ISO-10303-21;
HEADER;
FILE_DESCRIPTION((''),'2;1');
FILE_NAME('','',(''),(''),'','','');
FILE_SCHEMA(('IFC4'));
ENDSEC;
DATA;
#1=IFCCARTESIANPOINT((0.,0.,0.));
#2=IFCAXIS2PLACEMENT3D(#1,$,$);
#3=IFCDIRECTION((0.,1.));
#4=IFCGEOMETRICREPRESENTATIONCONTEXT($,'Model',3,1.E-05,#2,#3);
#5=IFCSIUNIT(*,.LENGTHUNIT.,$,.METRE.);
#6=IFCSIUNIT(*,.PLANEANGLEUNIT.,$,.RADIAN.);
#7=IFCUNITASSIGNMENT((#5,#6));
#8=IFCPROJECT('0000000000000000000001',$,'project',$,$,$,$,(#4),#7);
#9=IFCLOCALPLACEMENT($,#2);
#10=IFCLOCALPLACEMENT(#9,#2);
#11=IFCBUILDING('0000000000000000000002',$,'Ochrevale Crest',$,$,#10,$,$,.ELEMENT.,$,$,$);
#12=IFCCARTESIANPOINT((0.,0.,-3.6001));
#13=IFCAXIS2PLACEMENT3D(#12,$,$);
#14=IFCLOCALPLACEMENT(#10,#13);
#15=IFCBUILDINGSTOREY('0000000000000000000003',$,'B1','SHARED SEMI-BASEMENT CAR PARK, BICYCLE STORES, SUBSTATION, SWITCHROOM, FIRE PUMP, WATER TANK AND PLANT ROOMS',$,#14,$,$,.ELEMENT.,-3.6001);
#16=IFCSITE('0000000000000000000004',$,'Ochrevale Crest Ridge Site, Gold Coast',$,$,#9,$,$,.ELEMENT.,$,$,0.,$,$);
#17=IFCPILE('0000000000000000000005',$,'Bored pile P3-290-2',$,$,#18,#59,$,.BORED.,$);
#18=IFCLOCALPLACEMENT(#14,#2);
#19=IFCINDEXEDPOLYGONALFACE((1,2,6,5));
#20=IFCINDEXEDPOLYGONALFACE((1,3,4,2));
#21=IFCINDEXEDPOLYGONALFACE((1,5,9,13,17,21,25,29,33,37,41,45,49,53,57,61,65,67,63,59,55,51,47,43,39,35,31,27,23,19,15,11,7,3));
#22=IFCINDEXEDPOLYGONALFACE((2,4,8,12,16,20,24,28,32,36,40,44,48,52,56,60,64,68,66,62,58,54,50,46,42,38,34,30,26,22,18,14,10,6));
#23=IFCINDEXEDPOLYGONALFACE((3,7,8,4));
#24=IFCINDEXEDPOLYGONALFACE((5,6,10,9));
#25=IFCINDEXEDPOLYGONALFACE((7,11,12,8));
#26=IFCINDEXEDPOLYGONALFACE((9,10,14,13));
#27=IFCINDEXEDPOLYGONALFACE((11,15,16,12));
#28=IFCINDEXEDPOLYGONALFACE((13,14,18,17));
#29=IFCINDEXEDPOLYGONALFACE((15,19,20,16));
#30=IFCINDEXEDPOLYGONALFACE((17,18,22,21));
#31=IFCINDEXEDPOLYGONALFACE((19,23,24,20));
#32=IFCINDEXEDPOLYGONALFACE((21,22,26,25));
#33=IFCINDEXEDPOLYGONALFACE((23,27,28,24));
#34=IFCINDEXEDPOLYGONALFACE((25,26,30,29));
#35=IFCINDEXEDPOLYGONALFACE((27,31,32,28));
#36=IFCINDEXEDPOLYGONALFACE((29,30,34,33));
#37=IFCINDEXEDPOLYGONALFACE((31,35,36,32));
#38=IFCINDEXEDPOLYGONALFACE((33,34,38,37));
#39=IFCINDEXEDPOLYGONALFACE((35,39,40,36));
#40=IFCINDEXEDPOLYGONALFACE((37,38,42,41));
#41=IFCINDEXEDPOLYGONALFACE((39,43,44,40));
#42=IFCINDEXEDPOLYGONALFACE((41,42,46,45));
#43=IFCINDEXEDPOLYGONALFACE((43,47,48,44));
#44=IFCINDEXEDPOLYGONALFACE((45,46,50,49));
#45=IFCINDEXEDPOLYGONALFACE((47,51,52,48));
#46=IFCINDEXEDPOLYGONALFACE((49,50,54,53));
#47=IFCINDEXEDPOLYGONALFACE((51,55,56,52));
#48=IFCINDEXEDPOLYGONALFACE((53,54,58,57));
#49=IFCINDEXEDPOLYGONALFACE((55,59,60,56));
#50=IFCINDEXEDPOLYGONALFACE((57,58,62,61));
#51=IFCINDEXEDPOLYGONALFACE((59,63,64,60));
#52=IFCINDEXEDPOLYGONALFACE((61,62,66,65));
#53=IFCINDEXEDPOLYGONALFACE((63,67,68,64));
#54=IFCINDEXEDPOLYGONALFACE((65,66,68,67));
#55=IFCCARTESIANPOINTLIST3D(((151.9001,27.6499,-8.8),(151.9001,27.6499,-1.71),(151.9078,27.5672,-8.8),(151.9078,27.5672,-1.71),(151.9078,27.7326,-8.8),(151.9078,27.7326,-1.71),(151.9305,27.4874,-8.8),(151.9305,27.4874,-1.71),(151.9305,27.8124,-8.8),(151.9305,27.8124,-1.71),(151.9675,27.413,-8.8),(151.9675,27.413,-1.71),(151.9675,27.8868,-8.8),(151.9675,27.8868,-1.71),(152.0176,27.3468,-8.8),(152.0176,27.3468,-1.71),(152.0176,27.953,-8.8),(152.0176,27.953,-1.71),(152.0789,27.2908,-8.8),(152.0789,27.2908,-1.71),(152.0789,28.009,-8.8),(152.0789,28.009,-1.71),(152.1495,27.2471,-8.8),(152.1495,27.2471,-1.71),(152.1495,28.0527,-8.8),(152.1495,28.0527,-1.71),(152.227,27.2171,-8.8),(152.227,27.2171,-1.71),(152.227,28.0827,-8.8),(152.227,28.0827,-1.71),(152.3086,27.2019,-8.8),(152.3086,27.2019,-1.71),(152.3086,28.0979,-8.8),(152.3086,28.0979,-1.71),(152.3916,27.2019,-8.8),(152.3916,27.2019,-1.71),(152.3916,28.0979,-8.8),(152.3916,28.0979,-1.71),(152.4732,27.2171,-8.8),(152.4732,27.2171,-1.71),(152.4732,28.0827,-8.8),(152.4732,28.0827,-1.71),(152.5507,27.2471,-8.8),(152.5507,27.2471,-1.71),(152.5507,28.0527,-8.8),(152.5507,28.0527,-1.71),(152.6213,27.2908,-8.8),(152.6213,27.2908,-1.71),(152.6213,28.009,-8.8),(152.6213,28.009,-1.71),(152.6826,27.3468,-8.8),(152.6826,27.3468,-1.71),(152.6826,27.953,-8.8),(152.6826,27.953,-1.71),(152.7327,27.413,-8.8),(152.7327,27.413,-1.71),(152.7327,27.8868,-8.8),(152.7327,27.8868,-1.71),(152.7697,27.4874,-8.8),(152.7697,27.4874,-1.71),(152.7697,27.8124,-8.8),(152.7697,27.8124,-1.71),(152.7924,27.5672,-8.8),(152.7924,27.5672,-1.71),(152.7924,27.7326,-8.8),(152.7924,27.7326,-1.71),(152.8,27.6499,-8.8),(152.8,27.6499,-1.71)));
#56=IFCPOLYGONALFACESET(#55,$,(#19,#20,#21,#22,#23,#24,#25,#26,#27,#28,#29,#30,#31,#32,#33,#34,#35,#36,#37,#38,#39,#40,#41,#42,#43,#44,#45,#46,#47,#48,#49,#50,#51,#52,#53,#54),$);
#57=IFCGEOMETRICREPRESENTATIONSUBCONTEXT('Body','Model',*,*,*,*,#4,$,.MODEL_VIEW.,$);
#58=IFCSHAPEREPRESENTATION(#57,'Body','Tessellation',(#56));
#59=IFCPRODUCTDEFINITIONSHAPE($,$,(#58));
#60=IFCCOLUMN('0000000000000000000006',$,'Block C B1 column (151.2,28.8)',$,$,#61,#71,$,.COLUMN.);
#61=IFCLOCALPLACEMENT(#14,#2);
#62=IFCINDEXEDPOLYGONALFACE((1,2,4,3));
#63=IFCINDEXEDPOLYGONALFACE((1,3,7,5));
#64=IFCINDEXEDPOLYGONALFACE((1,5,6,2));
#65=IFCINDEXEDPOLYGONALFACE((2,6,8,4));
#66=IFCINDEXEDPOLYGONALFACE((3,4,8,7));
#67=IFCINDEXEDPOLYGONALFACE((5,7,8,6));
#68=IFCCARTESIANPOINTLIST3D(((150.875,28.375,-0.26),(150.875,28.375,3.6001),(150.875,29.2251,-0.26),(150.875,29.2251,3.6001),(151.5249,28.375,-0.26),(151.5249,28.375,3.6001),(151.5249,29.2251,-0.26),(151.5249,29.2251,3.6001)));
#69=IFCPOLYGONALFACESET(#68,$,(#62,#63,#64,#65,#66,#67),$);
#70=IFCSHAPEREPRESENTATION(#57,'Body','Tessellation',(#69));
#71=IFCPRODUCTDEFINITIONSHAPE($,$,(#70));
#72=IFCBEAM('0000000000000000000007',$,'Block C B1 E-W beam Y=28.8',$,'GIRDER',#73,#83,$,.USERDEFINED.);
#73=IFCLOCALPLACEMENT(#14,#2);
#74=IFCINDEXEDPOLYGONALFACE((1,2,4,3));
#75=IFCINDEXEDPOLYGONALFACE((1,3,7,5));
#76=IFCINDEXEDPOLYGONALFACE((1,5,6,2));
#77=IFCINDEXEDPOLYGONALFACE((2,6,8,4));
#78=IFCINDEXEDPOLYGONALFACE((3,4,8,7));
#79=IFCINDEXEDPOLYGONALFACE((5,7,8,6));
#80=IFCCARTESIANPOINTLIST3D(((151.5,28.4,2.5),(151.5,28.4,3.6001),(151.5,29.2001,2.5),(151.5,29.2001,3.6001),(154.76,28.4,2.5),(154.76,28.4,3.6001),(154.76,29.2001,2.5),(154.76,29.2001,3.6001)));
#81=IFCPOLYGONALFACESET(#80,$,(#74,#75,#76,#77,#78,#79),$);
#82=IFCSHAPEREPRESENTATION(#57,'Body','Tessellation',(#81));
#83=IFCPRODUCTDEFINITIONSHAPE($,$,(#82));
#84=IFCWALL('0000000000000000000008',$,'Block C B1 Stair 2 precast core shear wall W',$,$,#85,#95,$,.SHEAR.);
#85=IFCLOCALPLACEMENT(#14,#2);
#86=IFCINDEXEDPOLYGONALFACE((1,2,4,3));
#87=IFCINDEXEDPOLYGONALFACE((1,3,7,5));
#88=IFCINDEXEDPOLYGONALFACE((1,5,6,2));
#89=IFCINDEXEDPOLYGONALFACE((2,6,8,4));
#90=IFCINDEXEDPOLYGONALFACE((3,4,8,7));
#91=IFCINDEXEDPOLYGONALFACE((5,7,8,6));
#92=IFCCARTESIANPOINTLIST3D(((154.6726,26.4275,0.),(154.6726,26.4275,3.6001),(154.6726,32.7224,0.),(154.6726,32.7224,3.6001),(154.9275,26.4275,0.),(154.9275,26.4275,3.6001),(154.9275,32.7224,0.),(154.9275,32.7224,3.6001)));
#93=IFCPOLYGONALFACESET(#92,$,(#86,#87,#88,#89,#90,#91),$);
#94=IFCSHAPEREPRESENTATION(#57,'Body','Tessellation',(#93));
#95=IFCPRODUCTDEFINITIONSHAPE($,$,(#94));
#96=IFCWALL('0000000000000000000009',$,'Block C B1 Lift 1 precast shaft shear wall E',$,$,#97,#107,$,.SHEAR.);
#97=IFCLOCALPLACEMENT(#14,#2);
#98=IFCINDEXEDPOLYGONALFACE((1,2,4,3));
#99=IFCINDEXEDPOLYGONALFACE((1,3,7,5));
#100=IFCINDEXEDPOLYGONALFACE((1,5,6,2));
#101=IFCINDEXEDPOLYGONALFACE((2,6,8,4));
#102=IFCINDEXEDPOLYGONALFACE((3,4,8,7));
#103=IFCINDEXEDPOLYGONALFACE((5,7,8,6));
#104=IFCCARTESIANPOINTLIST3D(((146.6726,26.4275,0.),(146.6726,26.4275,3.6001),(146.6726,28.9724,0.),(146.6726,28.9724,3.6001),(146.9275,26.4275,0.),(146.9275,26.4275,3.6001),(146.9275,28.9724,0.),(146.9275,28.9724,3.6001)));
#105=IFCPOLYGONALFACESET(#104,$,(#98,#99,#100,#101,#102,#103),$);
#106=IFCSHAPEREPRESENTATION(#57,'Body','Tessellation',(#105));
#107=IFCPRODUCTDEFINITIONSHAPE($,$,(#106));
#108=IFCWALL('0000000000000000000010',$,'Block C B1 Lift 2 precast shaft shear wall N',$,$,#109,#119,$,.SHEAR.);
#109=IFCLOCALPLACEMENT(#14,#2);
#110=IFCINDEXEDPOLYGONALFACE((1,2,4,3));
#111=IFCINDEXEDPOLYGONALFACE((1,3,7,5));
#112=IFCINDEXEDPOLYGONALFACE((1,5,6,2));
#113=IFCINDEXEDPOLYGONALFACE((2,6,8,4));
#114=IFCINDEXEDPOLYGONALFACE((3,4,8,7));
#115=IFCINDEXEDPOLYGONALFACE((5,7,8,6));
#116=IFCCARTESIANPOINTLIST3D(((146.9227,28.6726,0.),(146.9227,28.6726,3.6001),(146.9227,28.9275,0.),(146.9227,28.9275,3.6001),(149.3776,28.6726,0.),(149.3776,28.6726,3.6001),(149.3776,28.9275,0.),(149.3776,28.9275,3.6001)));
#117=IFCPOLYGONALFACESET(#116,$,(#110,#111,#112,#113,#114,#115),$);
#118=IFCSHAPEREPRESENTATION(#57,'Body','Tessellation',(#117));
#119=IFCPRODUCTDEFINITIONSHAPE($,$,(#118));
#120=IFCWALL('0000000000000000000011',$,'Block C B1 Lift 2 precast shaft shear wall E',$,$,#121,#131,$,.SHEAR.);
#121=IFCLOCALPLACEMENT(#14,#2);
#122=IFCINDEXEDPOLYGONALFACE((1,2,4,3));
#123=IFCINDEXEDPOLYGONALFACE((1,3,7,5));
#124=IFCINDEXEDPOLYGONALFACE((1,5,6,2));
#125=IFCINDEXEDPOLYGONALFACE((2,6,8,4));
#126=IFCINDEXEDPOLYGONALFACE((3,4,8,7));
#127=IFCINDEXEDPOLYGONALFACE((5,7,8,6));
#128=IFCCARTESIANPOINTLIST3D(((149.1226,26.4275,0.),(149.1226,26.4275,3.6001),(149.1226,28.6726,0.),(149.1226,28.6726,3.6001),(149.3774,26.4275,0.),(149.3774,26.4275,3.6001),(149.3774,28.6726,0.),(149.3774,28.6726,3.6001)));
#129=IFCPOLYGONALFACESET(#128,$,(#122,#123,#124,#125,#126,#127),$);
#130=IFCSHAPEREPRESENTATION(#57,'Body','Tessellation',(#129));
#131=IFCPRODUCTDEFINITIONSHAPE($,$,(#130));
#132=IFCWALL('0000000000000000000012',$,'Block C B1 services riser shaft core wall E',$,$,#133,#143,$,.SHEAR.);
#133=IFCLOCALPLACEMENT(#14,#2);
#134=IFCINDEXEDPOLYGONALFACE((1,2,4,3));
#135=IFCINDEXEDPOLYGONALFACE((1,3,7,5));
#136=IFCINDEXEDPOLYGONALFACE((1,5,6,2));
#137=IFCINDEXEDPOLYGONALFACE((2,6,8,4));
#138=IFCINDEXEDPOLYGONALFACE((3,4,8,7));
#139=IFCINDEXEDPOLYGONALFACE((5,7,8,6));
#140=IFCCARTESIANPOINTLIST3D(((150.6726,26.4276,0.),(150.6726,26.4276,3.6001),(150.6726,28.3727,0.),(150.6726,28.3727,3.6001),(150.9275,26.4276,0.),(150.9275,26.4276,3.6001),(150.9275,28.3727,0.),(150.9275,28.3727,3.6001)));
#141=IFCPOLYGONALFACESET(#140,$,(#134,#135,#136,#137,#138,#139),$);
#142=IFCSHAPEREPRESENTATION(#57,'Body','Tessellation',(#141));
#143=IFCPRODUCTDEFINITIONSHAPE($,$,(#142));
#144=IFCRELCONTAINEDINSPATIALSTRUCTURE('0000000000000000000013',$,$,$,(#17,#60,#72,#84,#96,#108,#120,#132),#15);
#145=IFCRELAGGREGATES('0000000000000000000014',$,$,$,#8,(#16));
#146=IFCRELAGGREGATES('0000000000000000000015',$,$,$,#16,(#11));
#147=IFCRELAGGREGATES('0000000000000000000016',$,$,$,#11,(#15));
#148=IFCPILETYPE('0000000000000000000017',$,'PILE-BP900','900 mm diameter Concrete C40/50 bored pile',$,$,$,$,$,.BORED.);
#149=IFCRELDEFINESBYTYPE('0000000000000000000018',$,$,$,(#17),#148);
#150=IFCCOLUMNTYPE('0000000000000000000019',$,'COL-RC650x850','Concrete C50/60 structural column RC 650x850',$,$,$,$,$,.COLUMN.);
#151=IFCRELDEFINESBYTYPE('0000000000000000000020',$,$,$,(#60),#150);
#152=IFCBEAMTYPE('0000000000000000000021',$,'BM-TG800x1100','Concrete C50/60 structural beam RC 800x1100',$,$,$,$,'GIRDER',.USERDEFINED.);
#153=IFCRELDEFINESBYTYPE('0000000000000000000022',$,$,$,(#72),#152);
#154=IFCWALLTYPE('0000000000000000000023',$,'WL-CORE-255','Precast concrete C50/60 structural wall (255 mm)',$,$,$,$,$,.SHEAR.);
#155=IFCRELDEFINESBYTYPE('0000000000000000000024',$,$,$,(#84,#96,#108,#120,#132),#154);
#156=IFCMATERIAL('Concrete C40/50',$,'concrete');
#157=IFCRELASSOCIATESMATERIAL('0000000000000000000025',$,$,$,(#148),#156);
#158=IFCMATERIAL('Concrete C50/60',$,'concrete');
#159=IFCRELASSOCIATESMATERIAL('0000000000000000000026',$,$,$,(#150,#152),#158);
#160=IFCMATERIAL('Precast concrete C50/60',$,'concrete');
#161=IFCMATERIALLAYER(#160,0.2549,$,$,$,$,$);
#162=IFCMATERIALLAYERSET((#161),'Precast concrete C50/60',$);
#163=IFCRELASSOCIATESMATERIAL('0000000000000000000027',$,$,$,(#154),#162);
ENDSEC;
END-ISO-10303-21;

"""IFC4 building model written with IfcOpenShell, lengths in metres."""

from ifc_helpers import new_model, si_unit, direction, frame, frame_2d, origin, origin_2d, place, context, subcontext, project, spatial, rectangle, circle, extrude, material, layer, layer_set, material_profile, profile_set, type_object, element, save


model = new_model("IFC4")

# Units and contexts
model_context = context("Model", 3, precision=1e-05, world=origin(), true_north=direction((0.0, 1.0)))
body_context = subcontext(model_context, "Body", "Model", "MODEL_VIEW")
ifc_project = project(units=[si_unit("LENGTHUNIT", "METRE"), si_unit("PLANEANGLEUNIT", "RADIAN")], contexts=[model_context])

# Site, building, storey
site_placement = place(None, origin())
site = spatial("IfcSite", under=ifc_project, at=site_placement, Name="Ochrevale Crest Ridge Site, Gold Coast", CompositionType="ELEMENT", RefElevation=0.0)
building_placement = place(site_placement, origin())
building = spatial("IfcBuilding", under=site, at=building_placement, Name="Ochrevale Crest", CompositionType="ELEMENT")
storey_placement = place(building_placement, frame((0.0, 0.0, -3.6001)))
storey = spatial("IfcBuildingStorey", under=building, at=storey_placement, Name="B1", Description="SHARED SEMI-BASEMENT CAR PARK, BICYCLE STORES, SUBSTATION, SWITCHROOM, FIRE PUMP, WATER TANK AND PLANT ROOMS", CompositionType="ELEMENT", Elevation=-3.6001)

# Shared definitions
ifc_material_1 = material(Name="Concrete C40/50", Category="concrete")

# Pile
ifc_material_profile_1 = material_profile(ifc_material_1, circle(Radius=0.45, at=origin_2d()), Name="BORED PILE 900")
ifc_profile_set_1 = profile_set([ifc_material_profile_1], Name="Concrete C40/50")
pile_type = type_object("IfcPileType", Name="PILE-BP900", Description="900 mm diameter Concrete C40/50 bored pile", PredefinedType="BORED", material=ifc_profile_set_1)
for number, where, z_axis, x_axis, name in (
    (1, (152.3501, 27.6499, -1.71), (0.0, 0.0, -1.0), (1.0, 0.0, 0.0), "Bored pile P3-290-2"),
):
    element("IfcPile", number, at=place(storey_placement, frame(where, z_axis=z_axis, x_axis=x_axis)), inside=storey, type_object=pile_type, Name=name, PredefinedType="BORED", context=body_context, shape_type="SweptSolid", body=[
        extrude(circle(Radius=0.45, at=origin_2d()), origin(), (0.0, 0.0, 1.0), 7.0901),
    ])

# Column
ifc_material_2 = material(Name="Concrete C50/60", Category="concrete")
ifc_material_profile_2 = material_profile(ifc_material_2, rectangle(XDim=0.6499, YDim=0.8501, at=origin_2d()), Name="RC 650x850")
ifc_profile_set_2 = profile_set([ifc_material_profile_2], Name="Concrete C50/60")
column_type = type_object("IfcColumnType", Name="COL-RC650x850", Description="Concrete C50/60 structural column RC 650x850", PredefinedType="COLUMN", material=ifc_profile_set_2)
column_placement = place(storey_placement, frame((151.2, 28.8, -0.26), z_axis=(0.0, 0.0, 1.0), x_axis=(1.0, 0.0, 0.0)))
element("IfcColumn", 2, at=column_placement, inside=storey, type_object=column_type, Name="Block C B1 column (151.2,28.8)", PredefinedType="COLUMN", context=body_context, shape_type="SweptSolid", body=[
    extrude(rectangle(XDim=0.6499, YDim=0.8501, at=origin_2d()), origin(), (0.0, 0.0, 1.0), 3.8601),
])

# Beam
ifc_material_profile_3 = material_profile(ifc_material_2, rectangle(XDim=0.8, YDim=1.1001, at=origin_2d()), Name="RC 800x1100")
ifc_profile_set_3 = profile_set([ifc_material_profile_3], Name="Concrete C50/60")
beam_type = type_object("IfcBeamType", Name="BM-TG800x1100", Description="Concrete C50/60 structural beam RC 800x1100", ElementType="GIRDER", PredefinedType="USERDEFINED", material=ifc_profile_set_3)
beam_placement = place(storey_placement, frame((151.5, 28.8, 3.05), z_axis=(1.0, 0.0, 0.0), x_axis=(0.0, 1.0, 0.0)))
element("IfcBeam", 3, at=beam_placement, inside=storey, type_object=beam_type, Name="Block C B1 E-W beam Y=28.8", ObjectType="GIRDER", PredefinedType="USERDEFINED", context=body_context, shape_type="SweptSolid", body=[
    extrude(rectangle(XDim=0.8, YDim=1.1001, at=origin_2d()), origin(), (0.0, 0.0, 1.0), 3.26),
])

# Shared definitions
ifc_material_3 = material(Name="Precast concrete C50/60", Category="concrete")
ifc_layer = layer(ifc_material_3, 0.2549)
ifc_layer_set = layer_set([ifc_layer], Name="Precast concrete C50/60")
wall_type = type_object("IfcWallType", Name="WL-CORE-255", Description="Precast concrete C50/60 structural wall (255 mm)", PredefinedType="SHEAR", material=ifc_layer_set)

# Walls
wall_1_placement = place(storey_placement, frame((154.8, 26.4275, 0.0), z_axis=(0.0, 0.0, 1.0), x_axis=(0.0, 1.0, 0.0)))
element("IfcWall", 4, at=wall_1_placement, inside=storey, type_object=wall_type, Name="Block C B1 Stair 2 precast core shear wall W", PredefinedType="SHEAR", context=body_context, shape_type="SweptSolid", body=[
    extrude(rectangle(XDim=6.2949, YDim=0.2549, at=frame_2d((3.1475, 0.0))), origin(), (0.0, 0.0, 1.0), 3.6001),
])
wall_2_placement = place(storey_placement, frame((146.8, 26.4275, 0.0), z_axis=(0.0, 0.0, 1.0), x_axis=(0.0, 1.0, 0.0)))
element("IfcWall", 5, at=wall_2_placement, inside=storey, type_object=wall_type, Name="Block C B1 Lift 1 precast shaft shear wall E", PredefinedType="SHEAR", context=body_context, shape_type="SweptSolid", body=[
    extrude(rectangle(XDim=2.5449, YDim=0.2549, at=frame_2d((1.2725, 0.0))), origin(), (0.0, 0.0, 1.0), 3.6001),
])

# Walls
wall_3_placement = place(storey_placement, frame((146.9226, 28.8, 0.0), z_axis=(0.0, 0.0, 1.0), x_axis=(1.0, 0.0, 0.0)))
element("IfcWall", 6, at=wall_3_placement, inside=storey, type_object=wall_type, Name="Block C B1 Lift 2 precast shaft shear wall N", PredefinedType="SHEAR", context=body_context, shape_type="SweptSolid", body=[
    extrude(rectangle(XDim=2.4548, YDim=0.2549, at=frame_2d((1.2275, 0.0))), origin(), (0.0, 0.0, 1.0), 3.6001),
])
wall_4_placement = place(storey_placement, frame((149.25, 26.4275, 0.0), z_axis=(0.0, 0.0, 1.0), x_axis=(0.0, 1.0, 0.0)))
element("IfcWall", 7, at=wall_4_placement, inside=storey, type_object=wall_type, Name="Block C B1 Lift 2 precast shaft shear wall E", PredefinedType="SHEAR", context=body_context, shape_type="SweptSolid", body=[
    extrude(rectangle(XDim=2.2451, YDim=0.2549, at=frame_2d((1.1226, 0.0))), origin(), (0.0, 0.0, 1.0), 3.6001),
])
wall_5_placement = place(storey_placement, frame((150.8, 26.4275, 0.0), z_axis=(0.0, 0.0, 1.0), x_axis=(0.0, 1.0, 0.0)))
element("IfcWall", 8, at=wall_5_placement, inside=storey, type_object=wall_type, Name="Block C B1 services riser shaft core wall E", PredefinedType="SHEAR", context=body_context, shape_type="SweptSolid", body=[
    extrude(rectangle(XDim=1.9451, YDim=0.2549, at=frame_2d((0.9727, 0.0))), origin(), (0.0, 0.0, 1.0), 3.6001),
])

save(model, "model.ifc")
